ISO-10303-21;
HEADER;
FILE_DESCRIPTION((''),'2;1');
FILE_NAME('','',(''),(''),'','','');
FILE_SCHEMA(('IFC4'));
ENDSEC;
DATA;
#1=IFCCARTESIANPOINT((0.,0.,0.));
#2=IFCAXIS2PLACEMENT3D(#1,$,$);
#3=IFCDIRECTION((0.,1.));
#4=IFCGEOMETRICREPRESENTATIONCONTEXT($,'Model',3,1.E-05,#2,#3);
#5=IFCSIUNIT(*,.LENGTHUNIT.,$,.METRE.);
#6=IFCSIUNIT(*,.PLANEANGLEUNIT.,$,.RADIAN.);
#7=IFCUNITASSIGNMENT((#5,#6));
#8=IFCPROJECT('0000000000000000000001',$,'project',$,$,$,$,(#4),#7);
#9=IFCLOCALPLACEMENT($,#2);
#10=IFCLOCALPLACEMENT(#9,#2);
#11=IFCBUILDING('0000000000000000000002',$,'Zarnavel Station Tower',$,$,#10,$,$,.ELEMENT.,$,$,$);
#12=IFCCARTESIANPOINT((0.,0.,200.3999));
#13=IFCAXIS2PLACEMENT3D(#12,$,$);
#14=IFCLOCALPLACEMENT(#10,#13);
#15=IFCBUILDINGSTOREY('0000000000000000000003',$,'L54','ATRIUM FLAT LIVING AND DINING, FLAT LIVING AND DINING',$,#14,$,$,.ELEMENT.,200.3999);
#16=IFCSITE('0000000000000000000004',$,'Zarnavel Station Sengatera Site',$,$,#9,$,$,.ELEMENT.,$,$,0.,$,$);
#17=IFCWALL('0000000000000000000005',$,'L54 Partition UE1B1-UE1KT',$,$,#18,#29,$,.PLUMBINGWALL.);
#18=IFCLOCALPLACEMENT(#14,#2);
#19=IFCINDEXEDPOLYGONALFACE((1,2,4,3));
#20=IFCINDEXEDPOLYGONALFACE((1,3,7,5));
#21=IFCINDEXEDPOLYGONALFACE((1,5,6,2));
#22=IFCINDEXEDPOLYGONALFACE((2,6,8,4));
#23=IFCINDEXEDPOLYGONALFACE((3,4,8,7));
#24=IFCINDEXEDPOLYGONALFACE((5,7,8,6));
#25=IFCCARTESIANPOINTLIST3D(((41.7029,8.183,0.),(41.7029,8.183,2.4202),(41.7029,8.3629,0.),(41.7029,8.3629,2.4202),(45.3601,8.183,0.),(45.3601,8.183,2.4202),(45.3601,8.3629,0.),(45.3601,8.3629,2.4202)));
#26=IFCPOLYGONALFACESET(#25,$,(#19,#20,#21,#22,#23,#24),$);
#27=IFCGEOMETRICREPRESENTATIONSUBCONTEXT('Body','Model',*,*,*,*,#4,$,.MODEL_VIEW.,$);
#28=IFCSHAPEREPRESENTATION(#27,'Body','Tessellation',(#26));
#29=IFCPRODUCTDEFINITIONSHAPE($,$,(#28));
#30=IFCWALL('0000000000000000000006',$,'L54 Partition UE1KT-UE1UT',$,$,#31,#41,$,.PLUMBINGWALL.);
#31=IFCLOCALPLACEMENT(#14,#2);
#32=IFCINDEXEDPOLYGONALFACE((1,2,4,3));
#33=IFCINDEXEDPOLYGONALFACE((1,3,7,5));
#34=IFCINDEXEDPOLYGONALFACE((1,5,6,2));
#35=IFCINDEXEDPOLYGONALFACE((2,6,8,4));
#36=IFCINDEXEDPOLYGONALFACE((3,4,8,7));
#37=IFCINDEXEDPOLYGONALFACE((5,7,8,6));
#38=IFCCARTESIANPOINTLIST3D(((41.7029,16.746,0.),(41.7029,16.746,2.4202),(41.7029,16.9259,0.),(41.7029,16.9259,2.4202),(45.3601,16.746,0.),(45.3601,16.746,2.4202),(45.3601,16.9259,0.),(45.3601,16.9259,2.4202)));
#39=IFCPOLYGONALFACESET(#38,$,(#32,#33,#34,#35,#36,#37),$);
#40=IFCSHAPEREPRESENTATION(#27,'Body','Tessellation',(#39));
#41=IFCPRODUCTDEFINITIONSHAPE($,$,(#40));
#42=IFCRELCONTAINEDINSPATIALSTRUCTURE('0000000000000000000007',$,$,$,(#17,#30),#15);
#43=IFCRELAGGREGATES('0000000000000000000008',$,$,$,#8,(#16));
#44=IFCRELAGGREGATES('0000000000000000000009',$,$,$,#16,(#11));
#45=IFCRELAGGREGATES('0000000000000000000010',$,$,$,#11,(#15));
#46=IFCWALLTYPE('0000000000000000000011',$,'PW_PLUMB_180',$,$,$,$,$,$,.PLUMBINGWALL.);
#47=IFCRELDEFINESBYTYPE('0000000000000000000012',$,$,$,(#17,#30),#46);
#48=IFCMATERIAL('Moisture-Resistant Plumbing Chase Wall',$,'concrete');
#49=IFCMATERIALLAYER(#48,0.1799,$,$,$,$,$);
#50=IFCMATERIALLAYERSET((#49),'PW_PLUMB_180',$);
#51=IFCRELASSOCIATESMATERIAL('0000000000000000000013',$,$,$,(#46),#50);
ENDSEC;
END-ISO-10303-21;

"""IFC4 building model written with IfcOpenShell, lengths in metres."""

from ifc_helpers import new_model, si_unit, direction, frame, frame_2d, origin, place, context, subcontext, project, spatial, rectangle, extrude, material, layer, layer_set, type_object, element, save


model = new_model("IFC4")

# Units and contexts
model_context = context("Model", 3, precision=1e-05, world=origin(), true_north=direction((0.0, 1.0)))
body_context = subcontext(model_context, "Body", "Model", "MODEL_VIEW")
ifc_project = project(units=[si_unit("LENGTHUNIT", "METRE"), si_unit("PLANEANGLEUNIT", "RADIAN")], contexts=[model_context])

# Site, building, storey
site_placement = place(None, origin())
site = spatial("IfcSite", under=ifc_project, at=site_placement, Name="Zarnavel Station Sengatera Site", CompositionType="ELEMENT", RefElevation=0.0)
building_placement = place(site_placement, origin())
building = spatial("IfcBuilding", under=site, at=building_placement, Name="Zarnavel Station Tower", CompositionType="ELEMENT")
storey_placement = place(building_placement, frame((0.0, 0.0, 200.3999)))
storey = spatial("IfcBuildingStorey", under=building, at=storey_placement, Name="L54", Description="ATRIUM FLAT LIVING AND DINING, FLAT LIVING AND DINING", CompositionType="ELEMENT", Elevation=200.3999)

# Shared definitions
ifc_material_1 = material(Name="Moisture-Resistant Plumbing Chase Wall", Category="concrete")
ifc_layer_1 = layer(ifc_material_1, 0.1799)
ifc_layer_set_1 = layer_set([ifc_layer_1], Name="PW_PLUMB_180")
wall_type_1 = type_object("IfcWallType", Name="PW_PLUMB_180", PredefinedType="PLUMBINGWALL", material=ifc_layer_set_1)

# Walls
for number, where, z_axis, x_axis, name in (
    (1, (41.7029, 8.2729, 0.0), (0.0, 0.0, 1.0), (1.0, 0.0, 0.0), "L54 Partition UE1B1-UE1KT"),
    (2, (41.7029, 16.8359, 0.0), (0.0, 0.0, 1.0), (1.0, 0.0, 0.0), "L54 Partition UE1KT-UE1UT"),
):
    element("IfcWall", number, at=place(storey_placement, frame(where, z_axis=z_axis, x_axis=x_axis)), inside=storey, type_object=wall_type_1, Name=name, PredefinedType="PLUMBINGWALL", context=body_context, shape_type="SweptSolid", body=[
        extrude(rectangle(XDim=3.6572, YDim=0.1799, at=frame_2d((1.8286, 0.0))), origin(), (0.0, 0.0, 1.0), 2.4202),
    ])

save(model, "model.ifc")
